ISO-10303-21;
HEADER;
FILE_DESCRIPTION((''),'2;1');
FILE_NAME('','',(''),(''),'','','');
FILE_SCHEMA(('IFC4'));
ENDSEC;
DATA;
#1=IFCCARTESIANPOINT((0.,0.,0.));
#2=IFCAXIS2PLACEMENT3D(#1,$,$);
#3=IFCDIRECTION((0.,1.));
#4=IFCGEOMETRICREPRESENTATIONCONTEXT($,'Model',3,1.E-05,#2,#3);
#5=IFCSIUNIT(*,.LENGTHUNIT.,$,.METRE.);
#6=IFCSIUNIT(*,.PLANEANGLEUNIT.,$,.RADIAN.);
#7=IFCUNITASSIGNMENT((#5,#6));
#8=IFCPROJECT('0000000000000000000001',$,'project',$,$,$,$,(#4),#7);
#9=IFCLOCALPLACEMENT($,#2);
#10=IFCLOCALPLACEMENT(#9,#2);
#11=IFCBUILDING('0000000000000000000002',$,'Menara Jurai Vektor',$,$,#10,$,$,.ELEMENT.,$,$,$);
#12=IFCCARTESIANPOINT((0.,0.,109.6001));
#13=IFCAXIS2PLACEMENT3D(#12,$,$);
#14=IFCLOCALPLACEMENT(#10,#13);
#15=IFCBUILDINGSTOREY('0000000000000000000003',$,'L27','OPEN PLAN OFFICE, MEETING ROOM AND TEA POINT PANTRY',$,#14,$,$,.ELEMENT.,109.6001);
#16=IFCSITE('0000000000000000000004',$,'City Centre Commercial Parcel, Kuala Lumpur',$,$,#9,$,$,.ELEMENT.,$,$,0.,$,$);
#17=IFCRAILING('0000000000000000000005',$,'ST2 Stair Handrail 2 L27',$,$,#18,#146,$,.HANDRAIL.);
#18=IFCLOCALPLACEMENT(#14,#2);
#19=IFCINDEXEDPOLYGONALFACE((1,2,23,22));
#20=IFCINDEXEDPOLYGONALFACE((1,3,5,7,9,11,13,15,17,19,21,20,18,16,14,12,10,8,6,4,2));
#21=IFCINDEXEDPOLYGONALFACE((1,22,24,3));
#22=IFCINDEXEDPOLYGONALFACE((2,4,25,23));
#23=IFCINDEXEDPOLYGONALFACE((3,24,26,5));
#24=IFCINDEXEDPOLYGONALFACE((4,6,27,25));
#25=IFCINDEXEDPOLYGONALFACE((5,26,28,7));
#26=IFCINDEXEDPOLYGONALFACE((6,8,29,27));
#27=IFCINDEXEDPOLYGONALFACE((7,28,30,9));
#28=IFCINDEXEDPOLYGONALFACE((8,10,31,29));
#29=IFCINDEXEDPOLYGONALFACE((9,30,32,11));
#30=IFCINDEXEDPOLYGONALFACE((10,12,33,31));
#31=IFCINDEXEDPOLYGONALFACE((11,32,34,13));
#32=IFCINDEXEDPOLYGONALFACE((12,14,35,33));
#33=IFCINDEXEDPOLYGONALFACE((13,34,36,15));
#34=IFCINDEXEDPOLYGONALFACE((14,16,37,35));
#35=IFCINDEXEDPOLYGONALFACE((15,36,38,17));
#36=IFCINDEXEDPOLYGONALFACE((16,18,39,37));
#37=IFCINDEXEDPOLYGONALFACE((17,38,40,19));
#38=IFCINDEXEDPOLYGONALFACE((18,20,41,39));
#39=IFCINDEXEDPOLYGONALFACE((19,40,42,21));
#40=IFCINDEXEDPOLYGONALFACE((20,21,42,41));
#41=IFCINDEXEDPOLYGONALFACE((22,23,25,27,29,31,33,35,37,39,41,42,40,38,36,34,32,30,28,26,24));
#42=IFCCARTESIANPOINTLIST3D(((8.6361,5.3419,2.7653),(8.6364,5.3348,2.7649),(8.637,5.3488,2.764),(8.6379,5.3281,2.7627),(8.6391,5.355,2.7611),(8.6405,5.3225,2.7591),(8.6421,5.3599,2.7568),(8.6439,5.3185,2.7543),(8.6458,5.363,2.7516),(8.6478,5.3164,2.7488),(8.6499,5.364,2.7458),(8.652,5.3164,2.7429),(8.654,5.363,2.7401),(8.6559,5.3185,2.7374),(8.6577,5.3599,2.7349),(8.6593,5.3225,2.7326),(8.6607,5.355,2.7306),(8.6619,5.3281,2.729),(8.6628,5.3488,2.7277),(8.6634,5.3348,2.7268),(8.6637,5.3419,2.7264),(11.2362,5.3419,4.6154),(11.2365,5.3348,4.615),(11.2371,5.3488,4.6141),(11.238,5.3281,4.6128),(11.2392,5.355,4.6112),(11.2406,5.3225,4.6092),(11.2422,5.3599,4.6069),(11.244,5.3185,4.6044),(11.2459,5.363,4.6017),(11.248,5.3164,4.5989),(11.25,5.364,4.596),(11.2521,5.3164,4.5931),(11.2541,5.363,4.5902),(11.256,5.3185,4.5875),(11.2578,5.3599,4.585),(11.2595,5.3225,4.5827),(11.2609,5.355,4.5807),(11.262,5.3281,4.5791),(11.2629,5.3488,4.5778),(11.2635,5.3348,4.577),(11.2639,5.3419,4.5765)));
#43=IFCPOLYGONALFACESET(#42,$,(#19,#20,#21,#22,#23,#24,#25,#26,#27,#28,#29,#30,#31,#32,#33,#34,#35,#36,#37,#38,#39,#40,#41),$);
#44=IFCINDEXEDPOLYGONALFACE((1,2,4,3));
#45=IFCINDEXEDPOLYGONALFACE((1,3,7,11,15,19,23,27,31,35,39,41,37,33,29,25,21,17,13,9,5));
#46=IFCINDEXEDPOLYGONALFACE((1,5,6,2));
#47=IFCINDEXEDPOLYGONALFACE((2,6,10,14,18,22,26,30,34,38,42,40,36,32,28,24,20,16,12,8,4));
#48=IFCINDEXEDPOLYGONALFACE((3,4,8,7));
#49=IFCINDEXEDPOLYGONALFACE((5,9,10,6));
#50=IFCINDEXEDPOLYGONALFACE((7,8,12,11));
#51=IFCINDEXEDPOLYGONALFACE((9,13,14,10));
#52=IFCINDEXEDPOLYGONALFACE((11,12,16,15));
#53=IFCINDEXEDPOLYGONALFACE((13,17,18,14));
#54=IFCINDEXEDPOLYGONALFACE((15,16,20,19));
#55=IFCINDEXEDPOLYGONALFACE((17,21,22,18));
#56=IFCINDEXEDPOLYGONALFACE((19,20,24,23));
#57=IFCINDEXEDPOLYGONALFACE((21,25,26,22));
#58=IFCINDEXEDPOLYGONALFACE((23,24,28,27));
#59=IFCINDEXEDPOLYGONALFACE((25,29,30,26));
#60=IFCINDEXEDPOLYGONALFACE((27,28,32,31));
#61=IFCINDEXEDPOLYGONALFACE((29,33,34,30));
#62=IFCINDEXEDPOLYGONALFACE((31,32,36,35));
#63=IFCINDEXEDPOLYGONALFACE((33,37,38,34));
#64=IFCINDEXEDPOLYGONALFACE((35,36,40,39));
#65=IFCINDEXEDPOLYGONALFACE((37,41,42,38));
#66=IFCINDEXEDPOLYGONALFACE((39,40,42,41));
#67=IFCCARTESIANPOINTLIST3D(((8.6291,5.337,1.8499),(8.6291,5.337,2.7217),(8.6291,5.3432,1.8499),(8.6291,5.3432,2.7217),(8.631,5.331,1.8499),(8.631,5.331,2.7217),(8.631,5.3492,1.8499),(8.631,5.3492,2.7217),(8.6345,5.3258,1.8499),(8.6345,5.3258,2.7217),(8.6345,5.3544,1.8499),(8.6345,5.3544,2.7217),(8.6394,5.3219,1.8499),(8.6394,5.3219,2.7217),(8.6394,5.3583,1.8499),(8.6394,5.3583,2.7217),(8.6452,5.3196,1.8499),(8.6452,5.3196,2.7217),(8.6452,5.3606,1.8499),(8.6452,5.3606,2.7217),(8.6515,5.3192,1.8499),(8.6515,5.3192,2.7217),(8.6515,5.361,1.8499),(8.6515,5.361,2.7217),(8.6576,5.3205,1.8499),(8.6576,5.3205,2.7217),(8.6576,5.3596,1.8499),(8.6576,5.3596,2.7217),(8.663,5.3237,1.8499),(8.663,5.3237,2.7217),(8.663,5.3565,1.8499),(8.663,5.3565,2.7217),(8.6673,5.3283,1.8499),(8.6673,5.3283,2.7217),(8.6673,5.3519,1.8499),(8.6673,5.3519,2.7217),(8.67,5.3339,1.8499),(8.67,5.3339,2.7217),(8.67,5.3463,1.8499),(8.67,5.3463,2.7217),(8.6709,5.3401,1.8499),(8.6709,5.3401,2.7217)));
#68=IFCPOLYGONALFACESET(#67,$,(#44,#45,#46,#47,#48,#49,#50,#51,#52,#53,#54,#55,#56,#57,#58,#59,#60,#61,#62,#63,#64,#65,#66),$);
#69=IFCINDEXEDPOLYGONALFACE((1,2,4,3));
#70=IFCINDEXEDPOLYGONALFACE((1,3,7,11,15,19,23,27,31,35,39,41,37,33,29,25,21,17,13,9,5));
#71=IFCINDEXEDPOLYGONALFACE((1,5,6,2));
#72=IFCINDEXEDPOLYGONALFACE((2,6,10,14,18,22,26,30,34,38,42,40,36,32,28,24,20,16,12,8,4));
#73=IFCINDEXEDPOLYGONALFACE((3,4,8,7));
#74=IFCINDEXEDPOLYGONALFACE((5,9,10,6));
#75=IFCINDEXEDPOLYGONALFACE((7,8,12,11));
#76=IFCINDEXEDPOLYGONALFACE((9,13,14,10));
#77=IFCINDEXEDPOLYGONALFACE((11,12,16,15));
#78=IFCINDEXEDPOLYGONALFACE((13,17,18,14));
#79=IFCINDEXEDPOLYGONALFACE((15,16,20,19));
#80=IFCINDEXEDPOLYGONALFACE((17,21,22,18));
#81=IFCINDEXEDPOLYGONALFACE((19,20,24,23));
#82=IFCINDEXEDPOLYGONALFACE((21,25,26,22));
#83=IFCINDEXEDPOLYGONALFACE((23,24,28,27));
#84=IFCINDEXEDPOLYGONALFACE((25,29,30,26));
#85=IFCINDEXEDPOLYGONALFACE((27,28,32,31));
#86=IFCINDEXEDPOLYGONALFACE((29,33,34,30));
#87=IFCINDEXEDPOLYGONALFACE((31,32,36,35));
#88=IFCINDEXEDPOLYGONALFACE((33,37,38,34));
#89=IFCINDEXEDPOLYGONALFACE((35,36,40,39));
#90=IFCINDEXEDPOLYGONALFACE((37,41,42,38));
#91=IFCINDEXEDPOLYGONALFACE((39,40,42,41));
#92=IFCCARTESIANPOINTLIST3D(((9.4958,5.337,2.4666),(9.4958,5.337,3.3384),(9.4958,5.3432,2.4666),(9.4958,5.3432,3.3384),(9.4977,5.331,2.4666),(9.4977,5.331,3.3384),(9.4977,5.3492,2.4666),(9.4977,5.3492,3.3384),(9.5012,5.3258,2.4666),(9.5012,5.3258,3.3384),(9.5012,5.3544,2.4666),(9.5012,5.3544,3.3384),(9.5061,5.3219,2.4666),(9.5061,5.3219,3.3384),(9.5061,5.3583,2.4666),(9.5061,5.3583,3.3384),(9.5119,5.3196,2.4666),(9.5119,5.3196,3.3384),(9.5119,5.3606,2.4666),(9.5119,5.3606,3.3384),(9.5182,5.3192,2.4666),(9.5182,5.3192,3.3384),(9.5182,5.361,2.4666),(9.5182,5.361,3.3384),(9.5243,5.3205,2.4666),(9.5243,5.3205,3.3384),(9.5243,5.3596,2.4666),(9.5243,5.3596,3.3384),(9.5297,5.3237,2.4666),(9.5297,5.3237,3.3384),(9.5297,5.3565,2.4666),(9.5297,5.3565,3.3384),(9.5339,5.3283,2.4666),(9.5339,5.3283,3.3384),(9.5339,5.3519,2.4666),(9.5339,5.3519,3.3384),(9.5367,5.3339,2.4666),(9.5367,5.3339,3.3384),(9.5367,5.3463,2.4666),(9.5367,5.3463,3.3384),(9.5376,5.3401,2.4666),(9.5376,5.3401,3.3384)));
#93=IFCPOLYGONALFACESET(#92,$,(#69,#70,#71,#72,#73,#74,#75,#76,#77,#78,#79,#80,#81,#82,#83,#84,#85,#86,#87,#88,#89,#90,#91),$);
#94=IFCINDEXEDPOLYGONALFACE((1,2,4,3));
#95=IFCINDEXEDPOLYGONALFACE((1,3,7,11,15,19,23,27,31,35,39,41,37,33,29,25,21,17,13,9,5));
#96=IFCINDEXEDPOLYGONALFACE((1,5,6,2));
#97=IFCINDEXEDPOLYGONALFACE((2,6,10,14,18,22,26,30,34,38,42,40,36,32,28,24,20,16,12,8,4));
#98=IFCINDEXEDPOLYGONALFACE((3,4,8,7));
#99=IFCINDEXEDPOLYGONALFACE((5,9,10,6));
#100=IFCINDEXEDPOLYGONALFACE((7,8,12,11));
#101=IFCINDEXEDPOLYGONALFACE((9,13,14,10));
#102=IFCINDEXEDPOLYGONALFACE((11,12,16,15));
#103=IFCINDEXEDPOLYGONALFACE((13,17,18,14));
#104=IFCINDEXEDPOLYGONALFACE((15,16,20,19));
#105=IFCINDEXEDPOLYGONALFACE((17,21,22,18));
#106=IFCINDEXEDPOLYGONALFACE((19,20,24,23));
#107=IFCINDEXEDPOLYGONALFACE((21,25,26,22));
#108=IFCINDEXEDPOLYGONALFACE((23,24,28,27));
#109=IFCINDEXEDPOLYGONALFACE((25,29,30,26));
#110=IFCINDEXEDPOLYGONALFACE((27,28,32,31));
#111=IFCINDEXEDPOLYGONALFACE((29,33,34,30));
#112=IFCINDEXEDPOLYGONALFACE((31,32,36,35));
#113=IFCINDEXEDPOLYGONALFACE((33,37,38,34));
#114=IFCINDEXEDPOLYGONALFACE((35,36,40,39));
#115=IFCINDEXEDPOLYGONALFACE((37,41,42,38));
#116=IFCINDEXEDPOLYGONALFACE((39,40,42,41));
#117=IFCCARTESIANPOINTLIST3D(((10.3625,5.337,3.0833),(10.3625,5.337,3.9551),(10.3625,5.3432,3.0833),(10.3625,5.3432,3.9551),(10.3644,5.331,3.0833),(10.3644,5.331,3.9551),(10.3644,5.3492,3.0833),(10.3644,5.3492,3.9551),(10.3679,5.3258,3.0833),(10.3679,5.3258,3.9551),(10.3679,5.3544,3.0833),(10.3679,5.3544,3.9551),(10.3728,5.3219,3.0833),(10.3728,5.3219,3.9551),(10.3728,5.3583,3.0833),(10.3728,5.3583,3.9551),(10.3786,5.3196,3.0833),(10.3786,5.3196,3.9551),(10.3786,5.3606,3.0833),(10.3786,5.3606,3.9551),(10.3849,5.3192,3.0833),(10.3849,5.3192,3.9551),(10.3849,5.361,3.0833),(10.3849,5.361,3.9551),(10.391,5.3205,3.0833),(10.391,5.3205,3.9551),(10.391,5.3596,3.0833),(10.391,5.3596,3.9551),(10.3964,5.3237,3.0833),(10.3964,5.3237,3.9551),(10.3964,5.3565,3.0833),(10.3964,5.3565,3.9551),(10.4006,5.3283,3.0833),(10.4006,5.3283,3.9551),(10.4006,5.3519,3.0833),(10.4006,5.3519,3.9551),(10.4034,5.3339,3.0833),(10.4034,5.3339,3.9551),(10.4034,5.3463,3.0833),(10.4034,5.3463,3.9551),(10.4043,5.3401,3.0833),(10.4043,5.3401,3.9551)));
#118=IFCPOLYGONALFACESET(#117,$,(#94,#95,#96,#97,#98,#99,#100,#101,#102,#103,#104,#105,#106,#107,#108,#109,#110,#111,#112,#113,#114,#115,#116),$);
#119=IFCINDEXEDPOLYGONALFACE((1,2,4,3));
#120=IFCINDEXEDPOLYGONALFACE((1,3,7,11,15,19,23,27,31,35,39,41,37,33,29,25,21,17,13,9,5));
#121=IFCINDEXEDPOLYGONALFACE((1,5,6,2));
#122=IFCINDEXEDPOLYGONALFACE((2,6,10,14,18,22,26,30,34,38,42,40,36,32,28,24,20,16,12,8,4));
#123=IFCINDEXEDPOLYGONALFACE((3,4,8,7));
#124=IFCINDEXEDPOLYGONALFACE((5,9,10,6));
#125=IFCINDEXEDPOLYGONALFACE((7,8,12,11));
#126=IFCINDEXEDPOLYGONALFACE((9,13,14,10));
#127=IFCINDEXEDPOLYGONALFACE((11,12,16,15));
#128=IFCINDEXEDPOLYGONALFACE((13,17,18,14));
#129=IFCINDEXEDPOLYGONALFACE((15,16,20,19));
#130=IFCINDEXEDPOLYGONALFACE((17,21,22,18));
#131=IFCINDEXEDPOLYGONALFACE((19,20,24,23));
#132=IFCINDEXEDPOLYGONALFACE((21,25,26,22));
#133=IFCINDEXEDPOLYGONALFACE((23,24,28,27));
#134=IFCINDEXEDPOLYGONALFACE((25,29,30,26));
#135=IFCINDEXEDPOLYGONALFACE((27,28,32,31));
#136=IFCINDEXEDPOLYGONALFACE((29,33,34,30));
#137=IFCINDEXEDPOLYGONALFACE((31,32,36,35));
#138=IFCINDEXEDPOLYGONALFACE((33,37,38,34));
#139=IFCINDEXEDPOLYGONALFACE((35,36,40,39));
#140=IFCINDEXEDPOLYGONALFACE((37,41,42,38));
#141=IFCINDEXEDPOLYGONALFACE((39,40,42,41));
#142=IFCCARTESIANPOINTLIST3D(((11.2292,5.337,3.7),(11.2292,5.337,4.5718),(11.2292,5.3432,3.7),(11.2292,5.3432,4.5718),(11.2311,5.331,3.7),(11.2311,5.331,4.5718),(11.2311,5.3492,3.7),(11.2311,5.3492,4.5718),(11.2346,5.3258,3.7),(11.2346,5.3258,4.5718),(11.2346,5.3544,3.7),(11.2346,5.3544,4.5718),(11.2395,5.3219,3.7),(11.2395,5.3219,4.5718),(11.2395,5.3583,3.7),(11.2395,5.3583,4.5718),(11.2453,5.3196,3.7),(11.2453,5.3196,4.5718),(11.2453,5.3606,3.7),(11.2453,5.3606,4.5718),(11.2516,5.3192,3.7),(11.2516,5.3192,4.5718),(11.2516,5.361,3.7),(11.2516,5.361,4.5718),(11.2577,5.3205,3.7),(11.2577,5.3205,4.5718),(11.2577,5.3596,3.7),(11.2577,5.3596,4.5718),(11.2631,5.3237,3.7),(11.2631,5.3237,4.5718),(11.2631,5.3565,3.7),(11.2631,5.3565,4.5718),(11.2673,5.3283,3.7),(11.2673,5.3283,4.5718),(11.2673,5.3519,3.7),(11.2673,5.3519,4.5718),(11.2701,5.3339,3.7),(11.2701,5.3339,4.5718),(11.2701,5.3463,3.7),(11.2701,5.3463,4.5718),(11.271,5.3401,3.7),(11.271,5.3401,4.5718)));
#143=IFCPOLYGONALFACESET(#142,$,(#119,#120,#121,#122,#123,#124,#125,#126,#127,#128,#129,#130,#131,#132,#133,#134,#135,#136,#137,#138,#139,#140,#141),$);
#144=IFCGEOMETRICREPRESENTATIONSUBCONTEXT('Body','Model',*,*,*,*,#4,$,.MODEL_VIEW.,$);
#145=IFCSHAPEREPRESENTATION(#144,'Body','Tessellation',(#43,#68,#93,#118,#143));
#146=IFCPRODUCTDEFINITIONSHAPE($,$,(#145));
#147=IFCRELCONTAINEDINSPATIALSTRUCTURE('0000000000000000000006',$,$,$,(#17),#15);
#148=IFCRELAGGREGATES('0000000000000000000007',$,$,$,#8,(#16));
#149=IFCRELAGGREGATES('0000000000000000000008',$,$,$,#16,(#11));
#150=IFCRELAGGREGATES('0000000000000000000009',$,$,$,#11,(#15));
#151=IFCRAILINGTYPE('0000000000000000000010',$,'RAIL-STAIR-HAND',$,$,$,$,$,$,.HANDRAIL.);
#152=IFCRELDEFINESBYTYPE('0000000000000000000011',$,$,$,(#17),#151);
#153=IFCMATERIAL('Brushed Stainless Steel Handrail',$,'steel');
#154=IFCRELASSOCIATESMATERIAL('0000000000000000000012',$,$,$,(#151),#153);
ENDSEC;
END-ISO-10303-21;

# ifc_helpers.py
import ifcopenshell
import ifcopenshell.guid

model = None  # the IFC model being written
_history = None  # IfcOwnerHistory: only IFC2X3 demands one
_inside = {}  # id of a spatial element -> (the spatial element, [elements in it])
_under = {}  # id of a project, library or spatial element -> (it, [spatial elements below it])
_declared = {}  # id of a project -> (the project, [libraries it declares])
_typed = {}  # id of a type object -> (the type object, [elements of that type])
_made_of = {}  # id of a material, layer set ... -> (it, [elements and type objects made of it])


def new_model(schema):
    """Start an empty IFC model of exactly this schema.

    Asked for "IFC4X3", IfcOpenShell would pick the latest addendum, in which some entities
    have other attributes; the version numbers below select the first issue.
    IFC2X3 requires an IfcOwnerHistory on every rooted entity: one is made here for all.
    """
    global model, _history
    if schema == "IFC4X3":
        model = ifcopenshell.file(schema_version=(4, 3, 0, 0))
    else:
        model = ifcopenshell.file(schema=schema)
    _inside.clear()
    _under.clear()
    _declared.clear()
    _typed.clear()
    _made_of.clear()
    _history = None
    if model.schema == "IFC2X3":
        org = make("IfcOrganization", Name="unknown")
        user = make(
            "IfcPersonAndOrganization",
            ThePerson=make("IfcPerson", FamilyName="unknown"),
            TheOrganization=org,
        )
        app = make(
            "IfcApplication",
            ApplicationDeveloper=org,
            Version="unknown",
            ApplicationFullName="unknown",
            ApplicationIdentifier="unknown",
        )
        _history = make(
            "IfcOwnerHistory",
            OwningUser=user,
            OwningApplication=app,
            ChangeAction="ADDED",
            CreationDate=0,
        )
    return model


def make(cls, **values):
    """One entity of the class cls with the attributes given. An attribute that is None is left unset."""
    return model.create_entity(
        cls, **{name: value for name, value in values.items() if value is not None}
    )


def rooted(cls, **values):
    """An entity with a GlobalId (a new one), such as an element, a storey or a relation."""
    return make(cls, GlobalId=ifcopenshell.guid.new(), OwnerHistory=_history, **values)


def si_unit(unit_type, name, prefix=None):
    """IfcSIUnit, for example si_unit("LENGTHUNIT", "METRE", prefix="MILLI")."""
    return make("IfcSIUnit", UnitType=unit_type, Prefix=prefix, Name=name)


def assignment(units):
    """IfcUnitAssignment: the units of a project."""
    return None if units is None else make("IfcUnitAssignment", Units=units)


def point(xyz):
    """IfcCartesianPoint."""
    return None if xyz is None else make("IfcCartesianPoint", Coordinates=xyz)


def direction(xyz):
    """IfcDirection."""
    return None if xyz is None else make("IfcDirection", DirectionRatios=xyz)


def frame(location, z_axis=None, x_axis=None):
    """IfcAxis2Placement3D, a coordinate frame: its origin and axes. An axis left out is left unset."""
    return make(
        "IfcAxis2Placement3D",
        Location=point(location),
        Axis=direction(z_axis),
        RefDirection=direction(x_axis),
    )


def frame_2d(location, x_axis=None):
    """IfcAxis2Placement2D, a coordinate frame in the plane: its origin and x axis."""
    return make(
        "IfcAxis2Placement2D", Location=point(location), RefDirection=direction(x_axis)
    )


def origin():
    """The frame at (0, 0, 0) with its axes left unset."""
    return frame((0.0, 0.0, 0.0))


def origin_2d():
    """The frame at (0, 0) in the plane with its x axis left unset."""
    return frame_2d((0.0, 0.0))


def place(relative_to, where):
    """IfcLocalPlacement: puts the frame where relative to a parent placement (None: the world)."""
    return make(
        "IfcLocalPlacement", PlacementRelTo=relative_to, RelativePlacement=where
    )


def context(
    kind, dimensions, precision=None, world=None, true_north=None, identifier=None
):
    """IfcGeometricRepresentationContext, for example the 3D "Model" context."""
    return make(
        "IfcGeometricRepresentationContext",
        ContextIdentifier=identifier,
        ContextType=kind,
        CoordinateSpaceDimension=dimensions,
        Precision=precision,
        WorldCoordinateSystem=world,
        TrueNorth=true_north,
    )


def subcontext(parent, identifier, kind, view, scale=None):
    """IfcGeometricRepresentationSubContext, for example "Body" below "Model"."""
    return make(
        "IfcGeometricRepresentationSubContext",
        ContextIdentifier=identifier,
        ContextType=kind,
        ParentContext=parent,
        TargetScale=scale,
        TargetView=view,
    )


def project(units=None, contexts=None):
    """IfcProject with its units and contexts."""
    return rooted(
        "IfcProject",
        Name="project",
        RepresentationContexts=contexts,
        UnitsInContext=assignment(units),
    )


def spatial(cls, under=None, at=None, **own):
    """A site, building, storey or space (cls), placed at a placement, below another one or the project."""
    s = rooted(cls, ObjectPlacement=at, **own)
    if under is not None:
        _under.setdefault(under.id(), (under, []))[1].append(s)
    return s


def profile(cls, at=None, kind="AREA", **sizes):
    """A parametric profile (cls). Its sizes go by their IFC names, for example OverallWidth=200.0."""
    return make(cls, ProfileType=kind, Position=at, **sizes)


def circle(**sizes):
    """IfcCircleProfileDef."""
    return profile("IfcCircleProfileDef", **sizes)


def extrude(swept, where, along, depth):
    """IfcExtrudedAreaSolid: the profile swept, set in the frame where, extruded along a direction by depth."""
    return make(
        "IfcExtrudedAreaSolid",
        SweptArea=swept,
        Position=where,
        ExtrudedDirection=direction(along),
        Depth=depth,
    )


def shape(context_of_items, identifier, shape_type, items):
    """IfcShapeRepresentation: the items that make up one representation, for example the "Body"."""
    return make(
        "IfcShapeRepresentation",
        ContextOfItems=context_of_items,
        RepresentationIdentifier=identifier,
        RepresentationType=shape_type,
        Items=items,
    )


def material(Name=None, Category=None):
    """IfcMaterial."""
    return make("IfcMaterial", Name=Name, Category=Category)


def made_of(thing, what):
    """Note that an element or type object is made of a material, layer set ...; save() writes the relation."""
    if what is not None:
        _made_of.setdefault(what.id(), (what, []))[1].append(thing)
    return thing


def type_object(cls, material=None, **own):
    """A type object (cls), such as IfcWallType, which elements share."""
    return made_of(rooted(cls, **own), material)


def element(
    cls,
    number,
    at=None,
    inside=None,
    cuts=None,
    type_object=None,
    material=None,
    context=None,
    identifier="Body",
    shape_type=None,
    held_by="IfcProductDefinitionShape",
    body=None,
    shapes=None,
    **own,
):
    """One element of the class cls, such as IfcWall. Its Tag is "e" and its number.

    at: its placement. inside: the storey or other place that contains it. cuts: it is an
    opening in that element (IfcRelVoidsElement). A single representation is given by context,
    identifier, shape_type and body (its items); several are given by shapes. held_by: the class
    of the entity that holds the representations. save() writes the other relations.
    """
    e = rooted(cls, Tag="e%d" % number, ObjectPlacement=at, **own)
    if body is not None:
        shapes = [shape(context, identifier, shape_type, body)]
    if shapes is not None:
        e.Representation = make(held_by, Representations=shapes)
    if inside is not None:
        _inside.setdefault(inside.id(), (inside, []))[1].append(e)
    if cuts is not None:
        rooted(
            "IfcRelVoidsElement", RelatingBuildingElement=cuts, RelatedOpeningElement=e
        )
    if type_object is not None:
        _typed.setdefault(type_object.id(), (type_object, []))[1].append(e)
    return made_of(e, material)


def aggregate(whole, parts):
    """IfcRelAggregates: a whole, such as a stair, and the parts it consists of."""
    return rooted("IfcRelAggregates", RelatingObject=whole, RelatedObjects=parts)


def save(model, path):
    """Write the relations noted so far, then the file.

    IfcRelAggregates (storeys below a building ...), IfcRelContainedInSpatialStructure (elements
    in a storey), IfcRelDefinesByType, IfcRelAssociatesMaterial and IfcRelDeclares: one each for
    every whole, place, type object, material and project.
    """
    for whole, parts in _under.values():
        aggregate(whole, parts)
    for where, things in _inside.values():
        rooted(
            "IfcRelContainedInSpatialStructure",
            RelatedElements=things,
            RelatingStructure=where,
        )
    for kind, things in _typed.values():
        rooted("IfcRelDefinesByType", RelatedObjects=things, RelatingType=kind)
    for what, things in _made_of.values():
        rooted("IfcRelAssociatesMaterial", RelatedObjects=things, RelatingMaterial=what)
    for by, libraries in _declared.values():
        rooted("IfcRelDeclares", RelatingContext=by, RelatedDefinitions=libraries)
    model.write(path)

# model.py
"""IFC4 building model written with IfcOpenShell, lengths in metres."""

from ifc_helpers import new_model, si_unit, direction, frame, origin, origin_2d, place, context, subcontext, project, spatial, circle, extrude, material, type_object, element, save


model = new_model("IFC4")

# Units and contexts
model_context = context("Model", 3, precision=1e-05, world=origin(), true_north=direction((0.0, 1.0)))
body_context = subcontext(model_context, "Body", "Model", "MODEL_VIEW")
ifc_project = project(units=[si_unit("LENGTHUNIT", "METRE"), si_unit("PLANEANGLEUNIT", "RADIAN")], contexts=[model_context])

# Site, building, storey
site_placement = place(None, origin())
site = spatial("IfcSite", under=ifc_project, at=site_placement, Name="City Centre Commercial Parcel, Kuala Lumpur", CompositionType="ELEMENT", RefElevation=0.0)
building_placement = place(site_placement, origin())
building = spatial("IfcBuilding", under=site, at=building_placement, Name="Menara Jurai Vektor", CompositionType="ELEMENT")
storey_placement = place(building_placement, frame((0.0, 0.0, 109.6001)))
storey = spatial("IfcBuildingStorey", under=building, at=storey_placement, Name="L27", Description="OPEN PLAN OFFICE, MEETING ROOM AND TEA POINT PANTRY", CompositionType="ELEMENT", Elevation=109.6001)

# Railing
ifc_material_1 = material(Name="Brushed Stainless Steel Handrail", Category="steel")
railing_type_1 = type_object("IfcRailingType", Name="RAIL-STAIR-HAND", PredefinedType="HANDRAIL", material=ifc_material_1)
railing_1_placement = place(storey_placement, frame((8.6499, 5.3401, 1.8499)))
element("IfcRailing", 1, at=railing_1_placement, inside=storey, type_object=railing_type_1, Name="ST2 Stair Handrail 2 L27", PredefinedType="HANDRAIL", context=body_context, shape_type="SweptSolid", body=[
    extrude(circle(Radius=0.0239, at=origin_2d()), frame((0.0, 0.0, 0.896), z_axis=(0.814787, 0.0, 0.579761), x_axis=(0.0, 1.0, 0.0)), (0.0, 0.0, 1.0), 3.1912),
    extrude(circle(Radius=0.021, at=origin_2d()), origin(), (0.0, 0.0, 1.0), 0.8718),
    extrude(circle(Radius=0.021, at=origin_2d()), frame((0.8667, 0.0, 0.6167)), (0.0, 0.0, 1.0), 0.8718),
    extrude(circle(Radius=0.021, at=origin_2d()), frame((1.7334, 0.0, 1.2334)), (0.0, 0.0, 1.0), 0.8718),
    extrude(circle(Radius=0.021, at=origin_2d()), frame((2.6001, 0.0, 1.8501)), (0.0, 0.0, 1.0), 0.8718),
])

save(model, "model.ifc")
